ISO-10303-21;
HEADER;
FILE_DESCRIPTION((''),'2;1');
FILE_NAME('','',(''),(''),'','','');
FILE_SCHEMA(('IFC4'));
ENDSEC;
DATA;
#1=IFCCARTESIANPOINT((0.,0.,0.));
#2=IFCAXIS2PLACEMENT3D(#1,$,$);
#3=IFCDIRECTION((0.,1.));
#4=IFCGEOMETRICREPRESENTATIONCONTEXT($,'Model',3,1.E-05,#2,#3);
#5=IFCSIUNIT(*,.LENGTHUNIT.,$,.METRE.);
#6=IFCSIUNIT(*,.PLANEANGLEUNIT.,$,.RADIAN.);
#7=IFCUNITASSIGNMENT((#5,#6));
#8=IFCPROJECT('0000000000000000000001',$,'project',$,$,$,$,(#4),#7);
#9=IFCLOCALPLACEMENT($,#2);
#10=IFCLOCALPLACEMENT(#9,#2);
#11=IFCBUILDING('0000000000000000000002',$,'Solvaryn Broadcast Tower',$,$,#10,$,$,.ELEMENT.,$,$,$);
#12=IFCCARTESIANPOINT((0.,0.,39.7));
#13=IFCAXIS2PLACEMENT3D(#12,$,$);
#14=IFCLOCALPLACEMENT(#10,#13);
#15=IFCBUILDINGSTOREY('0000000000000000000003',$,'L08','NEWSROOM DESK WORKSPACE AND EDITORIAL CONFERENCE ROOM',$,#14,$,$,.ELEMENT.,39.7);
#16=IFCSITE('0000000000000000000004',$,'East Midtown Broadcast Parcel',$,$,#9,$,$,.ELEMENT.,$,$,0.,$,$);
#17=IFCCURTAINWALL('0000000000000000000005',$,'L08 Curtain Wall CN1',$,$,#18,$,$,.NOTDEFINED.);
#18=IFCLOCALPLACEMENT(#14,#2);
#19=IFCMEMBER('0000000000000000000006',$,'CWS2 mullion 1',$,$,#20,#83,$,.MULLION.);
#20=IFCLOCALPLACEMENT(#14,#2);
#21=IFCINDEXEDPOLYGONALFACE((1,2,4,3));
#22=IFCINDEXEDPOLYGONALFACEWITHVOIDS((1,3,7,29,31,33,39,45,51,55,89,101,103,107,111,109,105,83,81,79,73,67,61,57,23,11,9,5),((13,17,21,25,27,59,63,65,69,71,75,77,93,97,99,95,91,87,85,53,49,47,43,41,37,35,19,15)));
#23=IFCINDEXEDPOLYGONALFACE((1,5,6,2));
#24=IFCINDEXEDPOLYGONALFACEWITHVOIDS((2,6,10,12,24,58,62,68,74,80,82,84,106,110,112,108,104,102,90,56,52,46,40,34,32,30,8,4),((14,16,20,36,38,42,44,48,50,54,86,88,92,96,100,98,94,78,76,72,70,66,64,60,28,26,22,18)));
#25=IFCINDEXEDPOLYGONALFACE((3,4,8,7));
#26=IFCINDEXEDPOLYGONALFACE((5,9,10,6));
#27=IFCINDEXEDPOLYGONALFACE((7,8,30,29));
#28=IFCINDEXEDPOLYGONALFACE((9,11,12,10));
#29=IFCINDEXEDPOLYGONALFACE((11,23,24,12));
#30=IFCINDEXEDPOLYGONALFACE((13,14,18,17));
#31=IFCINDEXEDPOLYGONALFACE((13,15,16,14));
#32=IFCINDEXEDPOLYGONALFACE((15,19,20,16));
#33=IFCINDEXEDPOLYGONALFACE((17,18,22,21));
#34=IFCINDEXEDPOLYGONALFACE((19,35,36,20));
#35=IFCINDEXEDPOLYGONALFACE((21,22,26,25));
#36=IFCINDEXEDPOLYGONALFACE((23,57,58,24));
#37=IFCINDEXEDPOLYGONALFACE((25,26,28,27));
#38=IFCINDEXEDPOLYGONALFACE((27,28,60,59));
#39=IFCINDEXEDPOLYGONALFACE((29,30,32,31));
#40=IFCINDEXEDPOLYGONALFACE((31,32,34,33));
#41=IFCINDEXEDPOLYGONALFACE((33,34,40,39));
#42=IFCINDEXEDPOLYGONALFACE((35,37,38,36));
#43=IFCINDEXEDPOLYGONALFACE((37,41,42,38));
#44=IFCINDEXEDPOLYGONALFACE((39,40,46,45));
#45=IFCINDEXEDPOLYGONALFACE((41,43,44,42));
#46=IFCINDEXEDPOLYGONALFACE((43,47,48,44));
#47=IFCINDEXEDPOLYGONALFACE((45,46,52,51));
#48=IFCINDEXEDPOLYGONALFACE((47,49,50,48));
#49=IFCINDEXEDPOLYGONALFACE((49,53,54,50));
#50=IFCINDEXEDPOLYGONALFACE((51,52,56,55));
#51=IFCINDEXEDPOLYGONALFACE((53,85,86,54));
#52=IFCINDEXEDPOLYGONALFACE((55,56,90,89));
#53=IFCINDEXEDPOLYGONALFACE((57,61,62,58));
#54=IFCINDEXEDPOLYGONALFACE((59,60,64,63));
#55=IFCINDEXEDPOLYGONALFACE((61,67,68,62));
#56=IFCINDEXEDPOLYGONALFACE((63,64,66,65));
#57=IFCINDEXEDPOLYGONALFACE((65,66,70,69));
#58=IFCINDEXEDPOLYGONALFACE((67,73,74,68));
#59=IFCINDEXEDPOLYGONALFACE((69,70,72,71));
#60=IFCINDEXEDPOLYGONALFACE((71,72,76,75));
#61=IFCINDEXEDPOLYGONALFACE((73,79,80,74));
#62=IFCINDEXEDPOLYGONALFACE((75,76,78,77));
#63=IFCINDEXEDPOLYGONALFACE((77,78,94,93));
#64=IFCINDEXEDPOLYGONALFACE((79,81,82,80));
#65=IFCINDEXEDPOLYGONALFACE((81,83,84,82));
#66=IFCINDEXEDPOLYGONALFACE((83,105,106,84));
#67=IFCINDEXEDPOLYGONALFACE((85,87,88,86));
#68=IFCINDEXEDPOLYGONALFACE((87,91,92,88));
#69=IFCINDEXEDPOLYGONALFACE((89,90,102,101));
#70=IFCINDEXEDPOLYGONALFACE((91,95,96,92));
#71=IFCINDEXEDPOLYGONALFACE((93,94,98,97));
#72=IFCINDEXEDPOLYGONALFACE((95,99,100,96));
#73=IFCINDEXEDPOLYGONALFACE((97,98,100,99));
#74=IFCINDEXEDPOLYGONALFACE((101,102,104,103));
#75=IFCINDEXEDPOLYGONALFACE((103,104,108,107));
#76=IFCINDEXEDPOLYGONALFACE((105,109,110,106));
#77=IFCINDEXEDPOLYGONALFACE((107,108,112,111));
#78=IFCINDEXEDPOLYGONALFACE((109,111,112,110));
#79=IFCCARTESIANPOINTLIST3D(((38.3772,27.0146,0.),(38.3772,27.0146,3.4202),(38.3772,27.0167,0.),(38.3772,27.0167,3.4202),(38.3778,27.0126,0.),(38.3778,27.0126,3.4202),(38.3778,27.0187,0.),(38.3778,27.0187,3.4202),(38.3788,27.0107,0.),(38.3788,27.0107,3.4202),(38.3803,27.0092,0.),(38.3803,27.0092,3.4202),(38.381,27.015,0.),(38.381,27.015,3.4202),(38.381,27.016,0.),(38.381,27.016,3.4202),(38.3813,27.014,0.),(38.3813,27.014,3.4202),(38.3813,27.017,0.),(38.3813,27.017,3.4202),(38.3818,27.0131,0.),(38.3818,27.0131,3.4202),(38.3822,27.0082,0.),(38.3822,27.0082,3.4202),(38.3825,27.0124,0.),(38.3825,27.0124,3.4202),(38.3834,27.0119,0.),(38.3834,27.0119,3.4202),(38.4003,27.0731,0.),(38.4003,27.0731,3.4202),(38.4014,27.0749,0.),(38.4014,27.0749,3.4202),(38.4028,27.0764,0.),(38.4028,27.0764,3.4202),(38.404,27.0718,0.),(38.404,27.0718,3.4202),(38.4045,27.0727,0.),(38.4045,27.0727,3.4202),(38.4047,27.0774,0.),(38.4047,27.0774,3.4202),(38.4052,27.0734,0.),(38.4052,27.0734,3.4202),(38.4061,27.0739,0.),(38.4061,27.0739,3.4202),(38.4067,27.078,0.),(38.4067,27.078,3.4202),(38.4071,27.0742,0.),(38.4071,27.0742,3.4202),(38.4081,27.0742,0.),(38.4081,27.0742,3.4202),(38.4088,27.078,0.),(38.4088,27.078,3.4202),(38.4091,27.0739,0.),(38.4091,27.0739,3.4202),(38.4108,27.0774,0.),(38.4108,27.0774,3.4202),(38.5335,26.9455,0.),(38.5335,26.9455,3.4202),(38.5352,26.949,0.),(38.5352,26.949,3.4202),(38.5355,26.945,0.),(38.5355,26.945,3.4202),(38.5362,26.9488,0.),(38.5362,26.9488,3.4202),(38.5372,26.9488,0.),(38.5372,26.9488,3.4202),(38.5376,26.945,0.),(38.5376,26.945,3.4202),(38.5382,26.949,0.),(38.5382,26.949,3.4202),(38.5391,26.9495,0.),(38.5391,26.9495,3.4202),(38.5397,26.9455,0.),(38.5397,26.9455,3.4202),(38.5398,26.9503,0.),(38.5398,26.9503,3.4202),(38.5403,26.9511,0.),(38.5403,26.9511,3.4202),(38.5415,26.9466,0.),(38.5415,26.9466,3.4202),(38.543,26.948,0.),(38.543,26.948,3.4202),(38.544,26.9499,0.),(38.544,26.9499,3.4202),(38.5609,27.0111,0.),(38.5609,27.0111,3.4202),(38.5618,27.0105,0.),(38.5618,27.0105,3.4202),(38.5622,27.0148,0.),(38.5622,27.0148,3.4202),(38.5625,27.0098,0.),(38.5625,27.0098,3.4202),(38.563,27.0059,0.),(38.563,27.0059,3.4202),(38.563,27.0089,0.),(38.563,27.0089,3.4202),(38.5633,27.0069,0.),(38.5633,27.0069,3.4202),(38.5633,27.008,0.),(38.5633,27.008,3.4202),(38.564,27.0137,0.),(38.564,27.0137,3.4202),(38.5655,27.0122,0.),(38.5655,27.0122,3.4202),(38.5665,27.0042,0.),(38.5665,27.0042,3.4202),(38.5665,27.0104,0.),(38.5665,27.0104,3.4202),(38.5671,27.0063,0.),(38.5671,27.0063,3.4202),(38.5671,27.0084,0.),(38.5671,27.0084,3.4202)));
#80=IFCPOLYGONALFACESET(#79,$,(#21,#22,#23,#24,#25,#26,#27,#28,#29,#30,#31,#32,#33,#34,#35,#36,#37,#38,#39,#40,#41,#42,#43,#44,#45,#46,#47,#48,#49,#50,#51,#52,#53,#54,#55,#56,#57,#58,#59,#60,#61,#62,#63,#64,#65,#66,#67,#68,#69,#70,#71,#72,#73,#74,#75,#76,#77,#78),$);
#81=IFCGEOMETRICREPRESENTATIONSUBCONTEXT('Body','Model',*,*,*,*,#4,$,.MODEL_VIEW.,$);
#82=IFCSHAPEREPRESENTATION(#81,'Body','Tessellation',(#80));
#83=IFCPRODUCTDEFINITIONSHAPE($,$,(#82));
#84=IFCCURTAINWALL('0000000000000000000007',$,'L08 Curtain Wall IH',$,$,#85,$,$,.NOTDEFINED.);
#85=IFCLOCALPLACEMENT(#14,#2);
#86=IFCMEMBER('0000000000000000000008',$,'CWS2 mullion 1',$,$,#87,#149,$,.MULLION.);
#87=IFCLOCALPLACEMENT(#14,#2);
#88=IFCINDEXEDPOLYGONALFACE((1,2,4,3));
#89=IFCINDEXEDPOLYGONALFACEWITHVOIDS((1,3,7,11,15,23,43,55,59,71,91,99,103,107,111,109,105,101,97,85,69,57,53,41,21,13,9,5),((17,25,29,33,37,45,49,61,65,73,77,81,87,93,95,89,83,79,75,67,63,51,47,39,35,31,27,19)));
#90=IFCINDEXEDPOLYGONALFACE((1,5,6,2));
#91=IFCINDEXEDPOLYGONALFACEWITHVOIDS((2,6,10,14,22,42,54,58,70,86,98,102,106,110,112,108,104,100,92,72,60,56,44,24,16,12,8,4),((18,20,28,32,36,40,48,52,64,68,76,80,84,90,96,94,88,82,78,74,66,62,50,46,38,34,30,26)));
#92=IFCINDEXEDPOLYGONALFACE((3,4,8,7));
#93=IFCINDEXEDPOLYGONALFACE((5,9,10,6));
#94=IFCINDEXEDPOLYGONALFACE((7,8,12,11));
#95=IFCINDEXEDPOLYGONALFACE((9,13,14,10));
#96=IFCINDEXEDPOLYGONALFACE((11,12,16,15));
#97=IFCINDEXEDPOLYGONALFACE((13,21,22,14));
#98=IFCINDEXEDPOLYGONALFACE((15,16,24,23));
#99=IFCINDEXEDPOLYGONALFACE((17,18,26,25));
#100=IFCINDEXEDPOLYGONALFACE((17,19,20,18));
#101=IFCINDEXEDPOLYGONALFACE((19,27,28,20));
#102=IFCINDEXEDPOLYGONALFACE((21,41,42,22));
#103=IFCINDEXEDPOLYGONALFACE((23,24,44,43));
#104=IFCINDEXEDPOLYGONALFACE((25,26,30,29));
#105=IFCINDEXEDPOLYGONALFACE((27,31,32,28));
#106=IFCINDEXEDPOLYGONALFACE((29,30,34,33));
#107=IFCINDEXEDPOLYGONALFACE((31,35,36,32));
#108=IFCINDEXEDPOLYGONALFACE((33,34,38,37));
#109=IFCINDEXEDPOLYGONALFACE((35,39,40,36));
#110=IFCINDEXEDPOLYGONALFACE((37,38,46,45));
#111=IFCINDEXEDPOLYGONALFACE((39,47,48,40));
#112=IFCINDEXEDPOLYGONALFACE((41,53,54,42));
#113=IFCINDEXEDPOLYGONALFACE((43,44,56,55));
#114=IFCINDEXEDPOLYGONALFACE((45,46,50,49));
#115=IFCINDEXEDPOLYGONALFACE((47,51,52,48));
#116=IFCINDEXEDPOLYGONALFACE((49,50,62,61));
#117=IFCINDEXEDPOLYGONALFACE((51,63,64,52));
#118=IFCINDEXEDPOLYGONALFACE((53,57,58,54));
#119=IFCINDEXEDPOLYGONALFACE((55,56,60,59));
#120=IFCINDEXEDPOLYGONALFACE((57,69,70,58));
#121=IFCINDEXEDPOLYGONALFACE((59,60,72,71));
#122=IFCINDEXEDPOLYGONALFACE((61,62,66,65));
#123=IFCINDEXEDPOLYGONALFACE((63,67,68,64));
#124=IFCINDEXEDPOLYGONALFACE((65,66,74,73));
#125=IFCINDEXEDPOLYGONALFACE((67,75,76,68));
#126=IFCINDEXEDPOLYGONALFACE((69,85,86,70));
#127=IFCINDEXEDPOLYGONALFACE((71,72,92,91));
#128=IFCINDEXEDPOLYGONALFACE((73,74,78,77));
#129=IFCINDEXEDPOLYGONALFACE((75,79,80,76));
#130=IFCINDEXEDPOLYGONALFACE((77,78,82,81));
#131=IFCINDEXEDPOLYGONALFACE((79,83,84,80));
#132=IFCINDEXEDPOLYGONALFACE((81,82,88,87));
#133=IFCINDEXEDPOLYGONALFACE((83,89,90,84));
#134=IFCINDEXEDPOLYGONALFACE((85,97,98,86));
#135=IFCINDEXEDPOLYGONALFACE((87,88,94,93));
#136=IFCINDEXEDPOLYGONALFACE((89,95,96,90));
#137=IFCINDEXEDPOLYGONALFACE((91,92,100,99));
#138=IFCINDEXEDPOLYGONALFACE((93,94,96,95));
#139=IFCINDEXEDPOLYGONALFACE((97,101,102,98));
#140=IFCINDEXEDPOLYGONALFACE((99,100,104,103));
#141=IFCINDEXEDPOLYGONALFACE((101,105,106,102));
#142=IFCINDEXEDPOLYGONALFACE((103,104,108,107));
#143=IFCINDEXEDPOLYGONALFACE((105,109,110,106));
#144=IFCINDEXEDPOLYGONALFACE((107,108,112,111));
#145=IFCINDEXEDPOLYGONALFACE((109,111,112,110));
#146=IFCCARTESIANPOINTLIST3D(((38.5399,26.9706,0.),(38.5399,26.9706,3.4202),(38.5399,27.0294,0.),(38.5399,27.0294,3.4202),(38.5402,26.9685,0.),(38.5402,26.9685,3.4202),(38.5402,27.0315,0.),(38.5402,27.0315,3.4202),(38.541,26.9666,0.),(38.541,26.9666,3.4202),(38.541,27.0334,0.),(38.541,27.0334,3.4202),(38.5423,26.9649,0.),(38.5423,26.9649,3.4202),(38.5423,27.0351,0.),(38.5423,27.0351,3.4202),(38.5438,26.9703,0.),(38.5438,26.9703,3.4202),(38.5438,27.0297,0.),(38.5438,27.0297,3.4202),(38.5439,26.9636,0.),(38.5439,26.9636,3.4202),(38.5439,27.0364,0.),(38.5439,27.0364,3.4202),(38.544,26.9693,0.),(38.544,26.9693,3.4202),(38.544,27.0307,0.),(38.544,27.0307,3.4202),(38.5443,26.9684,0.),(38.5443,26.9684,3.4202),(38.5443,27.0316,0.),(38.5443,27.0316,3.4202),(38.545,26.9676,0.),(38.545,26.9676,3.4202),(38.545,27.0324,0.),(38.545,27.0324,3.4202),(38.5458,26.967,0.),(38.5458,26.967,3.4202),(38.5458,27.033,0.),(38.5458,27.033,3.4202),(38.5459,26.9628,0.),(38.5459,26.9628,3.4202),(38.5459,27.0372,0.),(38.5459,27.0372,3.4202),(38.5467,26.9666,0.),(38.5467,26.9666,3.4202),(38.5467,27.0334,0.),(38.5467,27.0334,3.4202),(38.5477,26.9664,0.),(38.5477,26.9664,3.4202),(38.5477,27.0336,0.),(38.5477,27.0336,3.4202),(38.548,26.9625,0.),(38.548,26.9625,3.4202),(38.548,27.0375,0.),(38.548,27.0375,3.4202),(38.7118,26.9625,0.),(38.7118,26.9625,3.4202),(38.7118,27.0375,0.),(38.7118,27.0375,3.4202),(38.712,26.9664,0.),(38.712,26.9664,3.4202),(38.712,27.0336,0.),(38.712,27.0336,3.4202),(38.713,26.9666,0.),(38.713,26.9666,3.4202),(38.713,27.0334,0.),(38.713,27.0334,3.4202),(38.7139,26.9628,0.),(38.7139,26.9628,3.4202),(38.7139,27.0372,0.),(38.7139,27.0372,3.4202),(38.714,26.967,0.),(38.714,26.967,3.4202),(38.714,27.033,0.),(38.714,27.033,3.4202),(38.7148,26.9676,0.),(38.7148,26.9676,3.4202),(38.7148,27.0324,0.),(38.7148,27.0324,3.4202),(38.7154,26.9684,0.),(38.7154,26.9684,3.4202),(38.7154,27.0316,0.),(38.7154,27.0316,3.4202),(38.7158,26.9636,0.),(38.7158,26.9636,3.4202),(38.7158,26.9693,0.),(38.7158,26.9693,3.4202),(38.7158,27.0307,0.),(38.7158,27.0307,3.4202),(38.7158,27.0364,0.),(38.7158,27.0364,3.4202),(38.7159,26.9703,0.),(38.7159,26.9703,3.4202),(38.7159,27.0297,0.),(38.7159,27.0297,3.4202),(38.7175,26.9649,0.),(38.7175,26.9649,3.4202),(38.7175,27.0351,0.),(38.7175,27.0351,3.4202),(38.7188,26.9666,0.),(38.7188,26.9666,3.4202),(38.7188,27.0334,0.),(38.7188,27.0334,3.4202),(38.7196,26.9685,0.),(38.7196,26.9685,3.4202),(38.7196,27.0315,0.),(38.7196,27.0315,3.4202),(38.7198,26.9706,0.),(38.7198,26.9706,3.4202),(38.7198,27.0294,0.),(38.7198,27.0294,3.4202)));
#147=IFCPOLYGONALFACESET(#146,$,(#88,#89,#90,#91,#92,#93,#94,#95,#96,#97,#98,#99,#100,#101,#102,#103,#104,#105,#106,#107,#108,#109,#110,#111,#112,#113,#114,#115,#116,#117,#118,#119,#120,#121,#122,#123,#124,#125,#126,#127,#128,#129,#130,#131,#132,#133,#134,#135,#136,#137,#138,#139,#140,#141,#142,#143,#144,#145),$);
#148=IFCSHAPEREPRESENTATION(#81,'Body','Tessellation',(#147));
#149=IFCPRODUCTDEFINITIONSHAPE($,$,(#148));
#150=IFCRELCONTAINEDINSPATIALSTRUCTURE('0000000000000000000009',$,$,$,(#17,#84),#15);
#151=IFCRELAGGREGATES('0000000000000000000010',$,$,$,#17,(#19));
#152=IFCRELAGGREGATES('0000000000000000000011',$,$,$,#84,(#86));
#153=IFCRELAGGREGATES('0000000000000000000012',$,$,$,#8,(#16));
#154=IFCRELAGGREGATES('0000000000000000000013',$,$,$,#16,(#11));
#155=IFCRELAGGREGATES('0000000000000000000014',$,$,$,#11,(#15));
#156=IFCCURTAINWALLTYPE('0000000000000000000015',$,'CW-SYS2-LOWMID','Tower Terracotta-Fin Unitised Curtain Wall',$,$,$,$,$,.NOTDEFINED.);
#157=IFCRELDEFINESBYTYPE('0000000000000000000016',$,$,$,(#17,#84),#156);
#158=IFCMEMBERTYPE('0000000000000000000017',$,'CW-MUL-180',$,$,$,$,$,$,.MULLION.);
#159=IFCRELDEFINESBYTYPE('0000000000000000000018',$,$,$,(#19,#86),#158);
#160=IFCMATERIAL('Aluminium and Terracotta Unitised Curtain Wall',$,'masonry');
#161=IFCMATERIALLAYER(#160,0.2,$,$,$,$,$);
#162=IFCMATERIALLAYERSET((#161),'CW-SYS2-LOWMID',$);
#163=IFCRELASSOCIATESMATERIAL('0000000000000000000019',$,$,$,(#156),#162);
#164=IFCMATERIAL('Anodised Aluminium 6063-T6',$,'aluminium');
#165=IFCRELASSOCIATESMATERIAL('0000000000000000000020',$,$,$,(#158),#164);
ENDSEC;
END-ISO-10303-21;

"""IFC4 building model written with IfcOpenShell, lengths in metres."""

from ifc_helpers import new_model, si_unit, direction, frame, origin, origin_2d, place, context, subcontext, project, spatial, hollow_rectangle, extrude, material, layer, layer_set, material_profile, profile_set, type_object, element, aggregate, save


model = new_model("IFC4")

# Units and contexts
model_context = context("Model", 3, precision=1e-05, world=origin(), true_north=direction((0.0, 1.0)))
body_context = subcontext(model_context, "Body", "Model", "MODEL_VIEW")
ifc_project = project(units=[si_unit("LENGTHUNIT", "METRE"), si_unit("PLANEANGLEUNIT", "RADIAN")], contexts=[model_context])

# Site, building, storey
site_placement = place(None, origin())
site = spatial("IfcSite", under=ifc_project, at=site_placement, Name="East Midtown Broadcast Parcel", CompositionType="ELEMENT", RefElevation=0.0)
building_placement = place(site_placement, origin())
building = spatial("IfcBuilding", under=site, at=building_placement, Name="Solvaryn Broadcast Tower", CompositionType="ELEMENT")
storey_placement = place(building_placement, frame((0.0, 0.0, 39.7)))
storey = spatial("IfcBuildingStorey", under=building, at=storey_placement, Name="L08", Description="NEWSROOM DESK WORKSPACE AND EDITORIAL CONFERENCE ROOM", CompositionType="ELEMENT", Elevation=39.7)

# Curtain walls, members
ifc_material_1 = material(Name="Aluminium and Terracotta Unitised Curtain Wall", Category="masonry")
ifc_layer_1 = layer(ifc_material_1, 0.2)
ifc_layer_set_1 = layer_set([ifc_layer_1], Name="CW-SYS2-LOWMID")
curtain_wall_type = type_object("IfcCurtainWallType", Name="CW-SYS2-LOWMID", Description="Tower Terracotta-Fin Unitised Curtain Wall", PredefinedType="NOTDEFINED", material=ifc_layer_set_1)
curtain_wall_1_placement = place(storey_placement, origin())
curtain_wall_1 = element("IfcCurtainWall", 1, at=curtain_wall_1_placement, inside=storey, type_object=curtain_wall_type, Name="L08 Curtain Wall CN1", PredefinedType="NOTDEFINED")
ifc_material_2 = material(Name="Anodised Aluminium 6063-T6", Category="aluminium")
ifc_material_profile_1 = material_profile(ifc_material_2, hollow_rectangle(XDim=0.075, YDim=0.1799, WallThickness=0.0039, InnerFilletRadius=0.0039, OuterFilletRadius=0.0081, at=origin_2d()))
ifc_profile_set_1 = profile_set([ifc_material_profile_1], Name="Anodised Aluminium 6063-T6")
member_type_1 = type_object("IfcMemberType", Name="CW-MUL-180", PredefinedType="MULLION", material=ifc_profile_set_1)
member_1_placement = place(storey_placement, frame((38.4722, 27.0115, 0.0), z_axis=(0.0, 0.0, 1.0), x_axis=(-0.382646, -0.923895, 0.0)))
member_1 = element("IfcMember", 2, at=member_1_placement, type_object=member_type_1, Name="CWS2 mullion 1", PredefinedType="MULLION", context=body_context, shape_type="SweptSolid", body=[
    extrude(hollow_rectangle(XDim=0.075, YDim=0.1799, WallThickness=0.0039, InnerFilletRadius=0.0039, OuterFilletRadius=0.0081, at=origin_2d()), origin(), (0.0, 0.0, 1.0), 3.4202),
])
curtain_wall_2_placement = place(storey_placement, origin())
curtain_wall_2 = element("IfcCurtainWall", 3, at=curtain_wall_2_placement, inside=storey, type_object=curtain_wall_type, Name="L08 Curtain Wall IH", PredefinedType="NOTDEFINED")
member_2_placement = place(storey_placement, frame((38.6299, 27.0, 0.0), z_axis=(0.0, 0.0, 1.0), x_axis=(0.0, 1.0, 0.0)))
member_2 = element("IfcMember", 4, at=member_2_placement, type_object=member_type_1, Name="CWS2 mullion 1", PredefinedType="MULLION", context=body_context, shape_type="SweptSolid", body=[
    extrude(hollow_rectangle(XDim=0.075, YDim=0.1799, WallThickness=0.0039, InnerFilletRadius=0.0039, OuterFilletRadius=0.0081, at=origin_2d()), origin(), (0.0, 0.0, 1.0), 3.4202),
])

aggregate(curtain_wall_1, [member_1])
aggregate(curtain_wall_2, [member_2])

save(model, "model.ifc")
